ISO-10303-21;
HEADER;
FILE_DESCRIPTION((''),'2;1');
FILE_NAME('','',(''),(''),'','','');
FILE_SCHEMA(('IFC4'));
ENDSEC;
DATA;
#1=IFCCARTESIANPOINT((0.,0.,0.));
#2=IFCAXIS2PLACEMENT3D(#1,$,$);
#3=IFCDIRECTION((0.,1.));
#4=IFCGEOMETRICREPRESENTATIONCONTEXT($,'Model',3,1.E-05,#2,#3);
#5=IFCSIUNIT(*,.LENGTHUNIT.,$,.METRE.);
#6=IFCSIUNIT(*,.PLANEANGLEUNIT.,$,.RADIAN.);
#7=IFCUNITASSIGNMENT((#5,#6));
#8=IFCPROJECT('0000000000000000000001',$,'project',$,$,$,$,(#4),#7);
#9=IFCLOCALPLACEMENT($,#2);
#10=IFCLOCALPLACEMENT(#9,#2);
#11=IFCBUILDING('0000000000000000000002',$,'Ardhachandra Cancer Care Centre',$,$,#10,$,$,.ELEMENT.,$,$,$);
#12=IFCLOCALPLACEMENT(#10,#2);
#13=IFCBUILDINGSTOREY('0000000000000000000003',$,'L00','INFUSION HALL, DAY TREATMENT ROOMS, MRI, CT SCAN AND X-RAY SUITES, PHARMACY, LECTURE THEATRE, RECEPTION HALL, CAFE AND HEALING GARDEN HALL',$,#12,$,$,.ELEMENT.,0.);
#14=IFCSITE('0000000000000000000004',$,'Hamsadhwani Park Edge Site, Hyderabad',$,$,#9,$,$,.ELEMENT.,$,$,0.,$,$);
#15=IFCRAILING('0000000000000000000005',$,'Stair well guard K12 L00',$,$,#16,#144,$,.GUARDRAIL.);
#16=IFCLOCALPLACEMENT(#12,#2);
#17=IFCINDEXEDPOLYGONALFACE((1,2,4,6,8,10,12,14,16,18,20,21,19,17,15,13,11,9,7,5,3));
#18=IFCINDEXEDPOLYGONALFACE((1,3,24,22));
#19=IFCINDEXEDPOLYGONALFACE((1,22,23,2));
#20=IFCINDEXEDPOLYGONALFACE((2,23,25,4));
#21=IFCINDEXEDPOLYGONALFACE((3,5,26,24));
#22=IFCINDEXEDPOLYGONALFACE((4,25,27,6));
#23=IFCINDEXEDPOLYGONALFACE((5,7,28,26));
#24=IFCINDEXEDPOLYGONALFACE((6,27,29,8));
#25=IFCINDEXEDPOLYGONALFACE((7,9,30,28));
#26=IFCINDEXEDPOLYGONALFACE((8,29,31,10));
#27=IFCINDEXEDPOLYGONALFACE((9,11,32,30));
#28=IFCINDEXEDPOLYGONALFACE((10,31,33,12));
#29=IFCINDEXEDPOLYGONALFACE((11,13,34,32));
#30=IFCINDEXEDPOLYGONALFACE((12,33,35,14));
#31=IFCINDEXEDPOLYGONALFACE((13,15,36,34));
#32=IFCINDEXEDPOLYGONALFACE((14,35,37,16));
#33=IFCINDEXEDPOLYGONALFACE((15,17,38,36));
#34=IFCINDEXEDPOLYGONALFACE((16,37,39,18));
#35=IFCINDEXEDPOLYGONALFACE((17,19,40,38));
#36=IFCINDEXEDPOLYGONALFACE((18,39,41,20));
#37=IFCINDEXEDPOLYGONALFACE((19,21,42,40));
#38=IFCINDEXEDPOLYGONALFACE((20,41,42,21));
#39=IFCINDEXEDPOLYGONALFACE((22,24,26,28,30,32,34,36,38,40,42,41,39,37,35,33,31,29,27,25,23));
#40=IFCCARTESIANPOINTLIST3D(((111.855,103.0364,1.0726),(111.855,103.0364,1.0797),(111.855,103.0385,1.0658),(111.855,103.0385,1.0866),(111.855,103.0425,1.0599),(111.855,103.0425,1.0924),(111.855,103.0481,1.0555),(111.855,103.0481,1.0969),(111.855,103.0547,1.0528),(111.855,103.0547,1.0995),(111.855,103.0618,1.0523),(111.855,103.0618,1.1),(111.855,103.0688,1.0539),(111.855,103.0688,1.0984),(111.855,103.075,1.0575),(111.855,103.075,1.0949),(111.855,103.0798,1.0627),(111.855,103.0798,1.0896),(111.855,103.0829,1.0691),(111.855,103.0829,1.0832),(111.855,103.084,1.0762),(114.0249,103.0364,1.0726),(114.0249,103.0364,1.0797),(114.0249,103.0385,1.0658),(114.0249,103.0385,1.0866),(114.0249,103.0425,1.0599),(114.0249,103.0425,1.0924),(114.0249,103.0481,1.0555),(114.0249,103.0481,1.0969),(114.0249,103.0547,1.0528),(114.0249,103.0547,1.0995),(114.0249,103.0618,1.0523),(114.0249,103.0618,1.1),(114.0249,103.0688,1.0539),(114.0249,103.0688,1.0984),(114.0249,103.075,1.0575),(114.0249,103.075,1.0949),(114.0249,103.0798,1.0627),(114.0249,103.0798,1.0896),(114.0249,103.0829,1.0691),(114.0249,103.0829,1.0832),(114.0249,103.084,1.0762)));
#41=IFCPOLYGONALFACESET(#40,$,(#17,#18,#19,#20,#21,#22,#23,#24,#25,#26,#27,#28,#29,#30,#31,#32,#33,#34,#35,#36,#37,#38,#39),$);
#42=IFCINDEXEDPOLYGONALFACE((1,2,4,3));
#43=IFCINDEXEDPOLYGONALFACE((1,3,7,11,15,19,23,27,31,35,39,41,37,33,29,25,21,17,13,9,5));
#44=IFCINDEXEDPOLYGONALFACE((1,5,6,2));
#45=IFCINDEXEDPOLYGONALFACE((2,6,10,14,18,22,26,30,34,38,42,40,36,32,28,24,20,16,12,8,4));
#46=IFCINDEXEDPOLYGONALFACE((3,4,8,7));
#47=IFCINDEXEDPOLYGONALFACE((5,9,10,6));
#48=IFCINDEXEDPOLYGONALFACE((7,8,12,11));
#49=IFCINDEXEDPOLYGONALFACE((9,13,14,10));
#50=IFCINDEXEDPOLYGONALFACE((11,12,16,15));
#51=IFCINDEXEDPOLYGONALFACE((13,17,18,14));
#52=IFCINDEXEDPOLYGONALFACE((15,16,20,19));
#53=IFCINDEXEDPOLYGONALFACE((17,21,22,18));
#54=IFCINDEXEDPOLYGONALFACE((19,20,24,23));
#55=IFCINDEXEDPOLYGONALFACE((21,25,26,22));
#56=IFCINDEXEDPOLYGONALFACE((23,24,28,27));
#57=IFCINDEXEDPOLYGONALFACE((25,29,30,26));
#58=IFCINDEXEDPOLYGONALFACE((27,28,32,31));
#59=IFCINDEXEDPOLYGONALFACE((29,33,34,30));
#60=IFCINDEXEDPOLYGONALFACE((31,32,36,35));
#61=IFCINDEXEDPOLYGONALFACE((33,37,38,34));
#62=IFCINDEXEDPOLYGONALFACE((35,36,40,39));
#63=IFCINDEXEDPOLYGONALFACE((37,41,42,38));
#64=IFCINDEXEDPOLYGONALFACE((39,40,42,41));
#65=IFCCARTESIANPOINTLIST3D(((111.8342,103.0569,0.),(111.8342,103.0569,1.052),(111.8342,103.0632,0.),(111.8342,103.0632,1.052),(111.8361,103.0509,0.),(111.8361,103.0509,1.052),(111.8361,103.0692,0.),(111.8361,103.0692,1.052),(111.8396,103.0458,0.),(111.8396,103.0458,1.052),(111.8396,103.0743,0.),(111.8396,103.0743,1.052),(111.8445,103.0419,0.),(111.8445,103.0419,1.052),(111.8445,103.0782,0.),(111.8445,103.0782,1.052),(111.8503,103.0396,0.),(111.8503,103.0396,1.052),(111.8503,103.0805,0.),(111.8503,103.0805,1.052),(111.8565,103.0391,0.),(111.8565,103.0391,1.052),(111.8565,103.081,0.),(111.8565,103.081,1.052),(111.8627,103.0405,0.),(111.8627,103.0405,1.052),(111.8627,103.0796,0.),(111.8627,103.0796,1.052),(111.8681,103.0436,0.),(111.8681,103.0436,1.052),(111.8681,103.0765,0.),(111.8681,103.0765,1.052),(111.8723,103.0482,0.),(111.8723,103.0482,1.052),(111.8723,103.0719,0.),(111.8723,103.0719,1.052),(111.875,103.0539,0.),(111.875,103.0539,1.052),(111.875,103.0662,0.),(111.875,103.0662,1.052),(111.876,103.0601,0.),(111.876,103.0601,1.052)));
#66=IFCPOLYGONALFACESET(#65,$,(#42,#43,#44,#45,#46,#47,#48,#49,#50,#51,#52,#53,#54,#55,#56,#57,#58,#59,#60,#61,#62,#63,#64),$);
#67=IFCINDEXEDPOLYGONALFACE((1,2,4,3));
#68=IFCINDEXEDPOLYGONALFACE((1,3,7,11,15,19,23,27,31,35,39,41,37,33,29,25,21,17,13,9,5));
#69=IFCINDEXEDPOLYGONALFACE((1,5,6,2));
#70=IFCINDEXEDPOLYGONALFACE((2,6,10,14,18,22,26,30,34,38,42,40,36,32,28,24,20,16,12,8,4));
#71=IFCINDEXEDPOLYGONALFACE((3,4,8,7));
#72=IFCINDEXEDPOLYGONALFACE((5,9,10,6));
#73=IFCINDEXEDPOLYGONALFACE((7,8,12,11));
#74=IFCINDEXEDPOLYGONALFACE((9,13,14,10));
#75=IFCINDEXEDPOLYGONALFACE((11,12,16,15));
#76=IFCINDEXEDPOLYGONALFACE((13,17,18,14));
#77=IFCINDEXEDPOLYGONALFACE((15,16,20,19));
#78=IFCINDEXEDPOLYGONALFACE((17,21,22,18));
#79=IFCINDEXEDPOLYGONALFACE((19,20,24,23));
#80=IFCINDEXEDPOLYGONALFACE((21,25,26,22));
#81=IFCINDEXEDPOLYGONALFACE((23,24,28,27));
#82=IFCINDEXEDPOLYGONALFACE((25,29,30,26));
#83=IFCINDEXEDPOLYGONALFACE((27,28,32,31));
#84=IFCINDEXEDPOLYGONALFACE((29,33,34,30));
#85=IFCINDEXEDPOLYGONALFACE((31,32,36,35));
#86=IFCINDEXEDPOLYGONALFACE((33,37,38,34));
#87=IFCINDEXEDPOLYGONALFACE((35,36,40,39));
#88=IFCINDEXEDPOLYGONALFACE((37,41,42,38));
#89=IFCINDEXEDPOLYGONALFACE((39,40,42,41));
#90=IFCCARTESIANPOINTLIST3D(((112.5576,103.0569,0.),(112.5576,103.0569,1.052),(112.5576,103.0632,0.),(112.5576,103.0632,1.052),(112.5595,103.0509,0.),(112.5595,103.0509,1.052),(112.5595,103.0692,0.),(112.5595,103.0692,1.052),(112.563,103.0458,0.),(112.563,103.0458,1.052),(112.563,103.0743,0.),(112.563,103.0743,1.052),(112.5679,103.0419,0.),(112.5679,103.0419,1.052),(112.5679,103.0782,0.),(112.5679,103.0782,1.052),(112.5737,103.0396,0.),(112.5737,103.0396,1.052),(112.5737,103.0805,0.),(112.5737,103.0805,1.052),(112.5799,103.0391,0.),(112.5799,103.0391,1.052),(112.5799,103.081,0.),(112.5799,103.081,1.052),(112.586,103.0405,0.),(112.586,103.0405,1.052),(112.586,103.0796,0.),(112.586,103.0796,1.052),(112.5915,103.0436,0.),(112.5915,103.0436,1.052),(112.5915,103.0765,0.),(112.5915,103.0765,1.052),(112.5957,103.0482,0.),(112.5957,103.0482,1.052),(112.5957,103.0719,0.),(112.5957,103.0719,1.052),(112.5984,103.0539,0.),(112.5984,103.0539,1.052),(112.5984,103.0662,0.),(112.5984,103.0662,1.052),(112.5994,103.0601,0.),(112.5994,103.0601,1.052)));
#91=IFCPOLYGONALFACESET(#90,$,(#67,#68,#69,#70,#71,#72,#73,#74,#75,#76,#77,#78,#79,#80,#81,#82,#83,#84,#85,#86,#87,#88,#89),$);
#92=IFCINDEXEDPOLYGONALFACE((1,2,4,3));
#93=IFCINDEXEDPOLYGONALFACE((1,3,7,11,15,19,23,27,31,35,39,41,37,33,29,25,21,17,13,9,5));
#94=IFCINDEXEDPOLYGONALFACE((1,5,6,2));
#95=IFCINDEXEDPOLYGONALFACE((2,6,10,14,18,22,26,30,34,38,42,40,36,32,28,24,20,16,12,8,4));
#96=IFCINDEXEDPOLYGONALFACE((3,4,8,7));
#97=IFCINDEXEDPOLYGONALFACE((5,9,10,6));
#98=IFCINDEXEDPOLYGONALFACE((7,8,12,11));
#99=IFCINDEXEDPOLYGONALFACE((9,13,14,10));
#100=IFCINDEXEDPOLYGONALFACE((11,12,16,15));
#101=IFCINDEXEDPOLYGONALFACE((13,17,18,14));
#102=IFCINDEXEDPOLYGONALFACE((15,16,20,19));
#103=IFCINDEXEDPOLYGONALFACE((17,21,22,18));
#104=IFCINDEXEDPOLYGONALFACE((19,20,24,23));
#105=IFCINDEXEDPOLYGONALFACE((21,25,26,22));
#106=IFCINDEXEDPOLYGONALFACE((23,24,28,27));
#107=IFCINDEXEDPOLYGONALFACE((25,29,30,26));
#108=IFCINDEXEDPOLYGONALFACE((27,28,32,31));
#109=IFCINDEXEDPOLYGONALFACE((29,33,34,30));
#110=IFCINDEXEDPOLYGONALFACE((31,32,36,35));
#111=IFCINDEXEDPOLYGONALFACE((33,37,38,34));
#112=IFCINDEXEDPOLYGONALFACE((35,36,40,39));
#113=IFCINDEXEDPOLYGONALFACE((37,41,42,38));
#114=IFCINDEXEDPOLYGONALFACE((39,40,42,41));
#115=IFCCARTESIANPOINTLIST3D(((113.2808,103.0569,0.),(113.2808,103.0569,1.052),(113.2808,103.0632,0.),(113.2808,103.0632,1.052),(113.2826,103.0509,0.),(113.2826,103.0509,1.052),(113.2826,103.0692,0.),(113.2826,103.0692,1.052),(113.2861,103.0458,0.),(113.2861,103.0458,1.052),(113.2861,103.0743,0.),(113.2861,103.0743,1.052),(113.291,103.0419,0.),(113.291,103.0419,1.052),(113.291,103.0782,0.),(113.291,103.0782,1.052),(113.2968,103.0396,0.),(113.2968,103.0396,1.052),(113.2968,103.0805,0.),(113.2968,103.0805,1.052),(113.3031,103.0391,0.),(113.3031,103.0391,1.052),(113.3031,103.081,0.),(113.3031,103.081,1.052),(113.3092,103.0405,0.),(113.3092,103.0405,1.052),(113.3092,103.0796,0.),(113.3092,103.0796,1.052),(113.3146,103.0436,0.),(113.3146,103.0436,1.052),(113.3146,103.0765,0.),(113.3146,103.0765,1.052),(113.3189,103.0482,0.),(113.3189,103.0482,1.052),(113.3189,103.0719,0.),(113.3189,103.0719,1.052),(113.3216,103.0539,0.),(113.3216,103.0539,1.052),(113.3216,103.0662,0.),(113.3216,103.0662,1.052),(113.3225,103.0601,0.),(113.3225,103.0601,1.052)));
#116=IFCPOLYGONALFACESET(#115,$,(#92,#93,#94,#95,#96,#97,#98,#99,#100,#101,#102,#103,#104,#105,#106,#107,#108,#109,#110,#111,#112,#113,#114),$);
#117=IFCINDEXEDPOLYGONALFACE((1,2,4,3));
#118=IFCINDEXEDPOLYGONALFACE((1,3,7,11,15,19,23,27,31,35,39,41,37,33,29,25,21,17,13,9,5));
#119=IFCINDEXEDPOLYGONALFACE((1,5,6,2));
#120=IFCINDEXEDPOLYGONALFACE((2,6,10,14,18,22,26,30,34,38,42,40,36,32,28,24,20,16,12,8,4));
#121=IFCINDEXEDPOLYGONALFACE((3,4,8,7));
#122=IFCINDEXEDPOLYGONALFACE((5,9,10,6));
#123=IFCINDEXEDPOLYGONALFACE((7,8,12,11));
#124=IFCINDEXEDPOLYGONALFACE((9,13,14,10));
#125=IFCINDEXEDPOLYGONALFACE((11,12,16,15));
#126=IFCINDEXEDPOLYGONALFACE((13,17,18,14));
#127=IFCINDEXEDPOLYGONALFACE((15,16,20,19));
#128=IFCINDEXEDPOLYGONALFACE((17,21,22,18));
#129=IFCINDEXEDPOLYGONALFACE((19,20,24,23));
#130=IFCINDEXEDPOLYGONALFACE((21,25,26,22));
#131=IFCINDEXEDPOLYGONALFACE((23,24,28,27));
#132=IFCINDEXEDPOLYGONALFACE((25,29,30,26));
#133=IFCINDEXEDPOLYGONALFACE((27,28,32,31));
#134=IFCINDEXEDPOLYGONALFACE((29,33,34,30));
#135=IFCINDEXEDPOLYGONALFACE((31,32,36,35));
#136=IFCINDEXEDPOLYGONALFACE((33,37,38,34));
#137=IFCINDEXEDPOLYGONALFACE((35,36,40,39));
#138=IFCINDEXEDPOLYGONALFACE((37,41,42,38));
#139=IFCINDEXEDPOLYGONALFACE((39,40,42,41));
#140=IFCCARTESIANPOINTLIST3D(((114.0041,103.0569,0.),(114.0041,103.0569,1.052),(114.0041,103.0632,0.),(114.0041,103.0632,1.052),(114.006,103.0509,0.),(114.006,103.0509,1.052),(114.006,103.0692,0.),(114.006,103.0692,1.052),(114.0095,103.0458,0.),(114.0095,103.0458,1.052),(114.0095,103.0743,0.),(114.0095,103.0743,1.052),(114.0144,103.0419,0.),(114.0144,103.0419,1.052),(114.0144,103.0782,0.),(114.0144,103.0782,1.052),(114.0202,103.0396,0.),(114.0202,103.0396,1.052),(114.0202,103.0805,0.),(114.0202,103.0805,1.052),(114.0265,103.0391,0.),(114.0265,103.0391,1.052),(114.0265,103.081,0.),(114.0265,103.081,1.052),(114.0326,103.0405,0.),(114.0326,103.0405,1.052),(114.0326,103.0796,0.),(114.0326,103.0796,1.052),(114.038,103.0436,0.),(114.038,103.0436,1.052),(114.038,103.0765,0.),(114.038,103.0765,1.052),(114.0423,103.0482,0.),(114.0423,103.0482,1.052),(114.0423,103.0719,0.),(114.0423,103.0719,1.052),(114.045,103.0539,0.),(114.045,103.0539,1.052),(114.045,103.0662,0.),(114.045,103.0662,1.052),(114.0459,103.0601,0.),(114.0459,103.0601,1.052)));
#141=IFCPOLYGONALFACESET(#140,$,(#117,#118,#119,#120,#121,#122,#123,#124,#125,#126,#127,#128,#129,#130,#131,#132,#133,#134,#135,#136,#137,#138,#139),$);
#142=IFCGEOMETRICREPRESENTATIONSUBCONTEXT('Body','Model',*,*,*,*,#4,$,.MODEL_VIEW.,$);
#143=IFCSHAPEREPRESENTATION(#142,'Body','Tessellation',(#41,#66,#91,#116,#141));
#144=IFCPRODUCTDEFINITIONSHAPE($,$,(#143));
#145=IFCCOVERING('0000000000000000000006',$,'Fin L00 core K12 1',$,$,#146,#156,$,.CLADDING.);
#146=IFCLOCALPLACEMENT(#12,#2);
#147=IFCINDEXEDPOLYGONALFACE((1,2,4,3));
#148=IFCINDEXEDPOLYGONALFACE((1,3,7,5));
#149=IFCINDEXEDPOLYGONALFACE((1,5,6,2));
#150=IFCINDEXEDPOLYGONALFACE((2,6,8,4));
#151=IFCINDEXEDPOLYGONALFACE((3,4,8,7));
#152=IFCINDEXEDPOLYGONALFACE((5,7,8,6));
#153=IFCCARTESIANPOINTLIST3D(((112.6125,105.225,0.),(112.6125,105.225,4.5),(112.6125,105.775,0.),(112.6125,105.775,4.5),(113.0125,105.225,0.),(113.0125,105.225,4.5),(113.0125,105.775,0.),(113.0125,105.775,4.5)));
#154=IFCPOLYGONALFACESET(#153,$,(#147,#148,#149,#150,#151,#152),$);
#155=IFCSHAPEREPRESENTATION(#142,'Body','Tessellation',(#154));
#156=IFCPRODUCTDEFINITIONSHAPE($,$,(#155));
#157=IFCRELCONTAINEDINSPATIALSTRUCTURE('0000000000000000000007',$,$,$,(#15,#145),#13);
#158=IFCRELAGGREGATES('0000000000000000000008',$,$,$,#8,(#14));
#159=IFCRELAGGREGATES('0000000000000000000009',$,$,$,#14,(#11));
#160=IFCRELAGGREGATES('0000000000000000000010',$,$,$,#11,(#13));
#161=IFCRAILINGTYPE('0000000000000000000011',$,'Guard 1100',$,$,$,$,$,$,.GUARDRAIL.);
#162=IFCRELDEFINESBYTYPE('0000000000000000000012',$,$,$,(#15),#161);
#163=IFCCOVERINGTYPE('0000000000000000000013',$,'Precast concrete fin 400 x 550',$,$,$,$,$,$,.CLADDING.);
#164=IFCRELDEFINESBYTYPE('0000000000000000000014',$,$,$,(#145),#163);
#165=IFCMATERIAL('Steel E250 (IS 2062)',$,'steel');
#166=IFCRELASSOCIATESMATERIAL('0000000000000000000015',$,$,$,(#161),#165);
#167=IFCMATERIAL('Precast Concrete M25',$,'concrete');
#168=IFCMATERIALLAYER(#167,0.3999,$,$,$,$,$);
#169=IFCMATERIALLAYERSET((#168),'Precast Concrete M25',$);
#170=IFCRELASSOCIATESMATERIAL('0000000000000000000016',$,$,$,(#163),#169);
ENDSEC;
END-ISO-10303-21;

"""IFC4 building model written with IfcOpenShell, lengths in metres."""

from ifc_helpers import new_model, si_unit, direction, frame, origin, origin_2d, place, context, subcontext, project, spatial, rectangle, circle, extrude, material, layer, layer_set, type_object, element, save


model = new_model("IFC4")

# Units and contexts
model_context = context("Model", 3, precision=1e-05, world=origin(), true_north=direction((0.0, 1.0)))
body_context = subcontext(model_context, "Body", "Model", "MODEL_VIEW")
ifc_project = project(units=[si_unit("LENGTHUNIT", "METRE"), si_unit("PLANEANGLEUNIT", "RADIAN")], contexts=[model_context])

# Site, building, storey
site_placement = place(None, origin())
site = spatial("IfcSite", under=ifc_project, at=site_placement, Name="Hamsadhwani Park Edge Site, Hyderabad", CompositionType="ELEMENT", RefElevation=0.0)
building_placement = place(site_placement, origin())
building = spatial("IfcBuilding", under=site, at=building_placement, Name="Ardhachandra Cancer Care Centre", CompositionType="ELEMENT")
storey_placement = place(building_placement, origin())
storey = spatial("IfcBuildingStorey", under=building, at=storey_placement, Name="L00", Description="INFUSION HALL, DAY TREATMENT ROOMS, MRI, CT SCAN AND X-RAY SUITES, PHARMACY, LECTURE THEATRE, RECEPTION HALL, CAFE AND HEALING GARDEN HALL", CompositionType="ELEMENT", Elevation=0.0)

# Railing
ifc_material_1 = material(Name="Steel E250 (IS 2062)", Category="steel")
railing_type_1 = type_object("IfcRailingType", Name="Guard 1100", PredefinedType="GUARDRAIL", material=ifc_material_1)
railing_1_placement = place(storey_placement, frame((111.855, 103.0601, 0.0)))
element("IfcRailing", 1, at=railing_1_placement, inside=storey, type_object=railing_type_1, Name="Stair well guard K12 L00", PredefinedType="GUARDRAIL", context=body_context, shape_type="SweptSolid", body=[
    extrude(circle(Radius=0.0239, at=origin_2d()), frame((0.0, 0.0, 1.0762), z_axis=(1.0, 0.0, 0.0), x_axis=(0.0, 1.0, 0.0)), (0.0, 0.0, 1.0), 2.1699),
    extrude(circle(Radius=0.021, at=origin_2d()), origin(), (0.0, 0.0, 1.0), 1.052),
    extrude(circle(Radius=0.021, at=origin_2d()), frame((0.7234, 0.0, 0.0)), (0.0, 0.0, 1.0), 1.052),
    extrude(circle(Radius=0.021, at=origin_2d()), frame((1.4465, 0.0, 0.0)), (0.0, 0.0, 1.0), 1.052),
    extrude(circle(Radius=0.021, at=origin_2d()), frame((2.1699, 0.0, 0.0)), (0.0, 0.0, 1.0), 1.052),
])

# Covering
ifc_material_2 = material(Name="Precast Concrete M25", Category="concrete")
ifc_layer_1 = layer(ifc_material_2, 0.3999)
ifc_layer_set_1 = layer_set([ifc_layer_1], Name="Precast Concrete M25")
covering_type = type_object("IfcCoveringType", Name="Precast concrete fin 400 x 550", PredefinedType="CLADDING", material=ifc_layer_set_1)
covering_placement = place(storey_placement, frame((112.8125, 105.5, 0.0), z_axis=(0.0, 0.0, 1.0), x_axis=(1.0, 0.0, 0.0)))
element("IfcCovering", 2, at=covering_placement, inside=storey, type_object=covering_type, Name="Fin L00 core K12 1", PredefinedType="CLADDING", context=body_context, shape_type="SweptSolid", body=[
    extrude(rectangle(XDim=0.3999, YDim=0.55, at=origin_2d()), origin(), (0.0, 0.0, 1.0), 4.5),
])

save(model, "model.ifc")
